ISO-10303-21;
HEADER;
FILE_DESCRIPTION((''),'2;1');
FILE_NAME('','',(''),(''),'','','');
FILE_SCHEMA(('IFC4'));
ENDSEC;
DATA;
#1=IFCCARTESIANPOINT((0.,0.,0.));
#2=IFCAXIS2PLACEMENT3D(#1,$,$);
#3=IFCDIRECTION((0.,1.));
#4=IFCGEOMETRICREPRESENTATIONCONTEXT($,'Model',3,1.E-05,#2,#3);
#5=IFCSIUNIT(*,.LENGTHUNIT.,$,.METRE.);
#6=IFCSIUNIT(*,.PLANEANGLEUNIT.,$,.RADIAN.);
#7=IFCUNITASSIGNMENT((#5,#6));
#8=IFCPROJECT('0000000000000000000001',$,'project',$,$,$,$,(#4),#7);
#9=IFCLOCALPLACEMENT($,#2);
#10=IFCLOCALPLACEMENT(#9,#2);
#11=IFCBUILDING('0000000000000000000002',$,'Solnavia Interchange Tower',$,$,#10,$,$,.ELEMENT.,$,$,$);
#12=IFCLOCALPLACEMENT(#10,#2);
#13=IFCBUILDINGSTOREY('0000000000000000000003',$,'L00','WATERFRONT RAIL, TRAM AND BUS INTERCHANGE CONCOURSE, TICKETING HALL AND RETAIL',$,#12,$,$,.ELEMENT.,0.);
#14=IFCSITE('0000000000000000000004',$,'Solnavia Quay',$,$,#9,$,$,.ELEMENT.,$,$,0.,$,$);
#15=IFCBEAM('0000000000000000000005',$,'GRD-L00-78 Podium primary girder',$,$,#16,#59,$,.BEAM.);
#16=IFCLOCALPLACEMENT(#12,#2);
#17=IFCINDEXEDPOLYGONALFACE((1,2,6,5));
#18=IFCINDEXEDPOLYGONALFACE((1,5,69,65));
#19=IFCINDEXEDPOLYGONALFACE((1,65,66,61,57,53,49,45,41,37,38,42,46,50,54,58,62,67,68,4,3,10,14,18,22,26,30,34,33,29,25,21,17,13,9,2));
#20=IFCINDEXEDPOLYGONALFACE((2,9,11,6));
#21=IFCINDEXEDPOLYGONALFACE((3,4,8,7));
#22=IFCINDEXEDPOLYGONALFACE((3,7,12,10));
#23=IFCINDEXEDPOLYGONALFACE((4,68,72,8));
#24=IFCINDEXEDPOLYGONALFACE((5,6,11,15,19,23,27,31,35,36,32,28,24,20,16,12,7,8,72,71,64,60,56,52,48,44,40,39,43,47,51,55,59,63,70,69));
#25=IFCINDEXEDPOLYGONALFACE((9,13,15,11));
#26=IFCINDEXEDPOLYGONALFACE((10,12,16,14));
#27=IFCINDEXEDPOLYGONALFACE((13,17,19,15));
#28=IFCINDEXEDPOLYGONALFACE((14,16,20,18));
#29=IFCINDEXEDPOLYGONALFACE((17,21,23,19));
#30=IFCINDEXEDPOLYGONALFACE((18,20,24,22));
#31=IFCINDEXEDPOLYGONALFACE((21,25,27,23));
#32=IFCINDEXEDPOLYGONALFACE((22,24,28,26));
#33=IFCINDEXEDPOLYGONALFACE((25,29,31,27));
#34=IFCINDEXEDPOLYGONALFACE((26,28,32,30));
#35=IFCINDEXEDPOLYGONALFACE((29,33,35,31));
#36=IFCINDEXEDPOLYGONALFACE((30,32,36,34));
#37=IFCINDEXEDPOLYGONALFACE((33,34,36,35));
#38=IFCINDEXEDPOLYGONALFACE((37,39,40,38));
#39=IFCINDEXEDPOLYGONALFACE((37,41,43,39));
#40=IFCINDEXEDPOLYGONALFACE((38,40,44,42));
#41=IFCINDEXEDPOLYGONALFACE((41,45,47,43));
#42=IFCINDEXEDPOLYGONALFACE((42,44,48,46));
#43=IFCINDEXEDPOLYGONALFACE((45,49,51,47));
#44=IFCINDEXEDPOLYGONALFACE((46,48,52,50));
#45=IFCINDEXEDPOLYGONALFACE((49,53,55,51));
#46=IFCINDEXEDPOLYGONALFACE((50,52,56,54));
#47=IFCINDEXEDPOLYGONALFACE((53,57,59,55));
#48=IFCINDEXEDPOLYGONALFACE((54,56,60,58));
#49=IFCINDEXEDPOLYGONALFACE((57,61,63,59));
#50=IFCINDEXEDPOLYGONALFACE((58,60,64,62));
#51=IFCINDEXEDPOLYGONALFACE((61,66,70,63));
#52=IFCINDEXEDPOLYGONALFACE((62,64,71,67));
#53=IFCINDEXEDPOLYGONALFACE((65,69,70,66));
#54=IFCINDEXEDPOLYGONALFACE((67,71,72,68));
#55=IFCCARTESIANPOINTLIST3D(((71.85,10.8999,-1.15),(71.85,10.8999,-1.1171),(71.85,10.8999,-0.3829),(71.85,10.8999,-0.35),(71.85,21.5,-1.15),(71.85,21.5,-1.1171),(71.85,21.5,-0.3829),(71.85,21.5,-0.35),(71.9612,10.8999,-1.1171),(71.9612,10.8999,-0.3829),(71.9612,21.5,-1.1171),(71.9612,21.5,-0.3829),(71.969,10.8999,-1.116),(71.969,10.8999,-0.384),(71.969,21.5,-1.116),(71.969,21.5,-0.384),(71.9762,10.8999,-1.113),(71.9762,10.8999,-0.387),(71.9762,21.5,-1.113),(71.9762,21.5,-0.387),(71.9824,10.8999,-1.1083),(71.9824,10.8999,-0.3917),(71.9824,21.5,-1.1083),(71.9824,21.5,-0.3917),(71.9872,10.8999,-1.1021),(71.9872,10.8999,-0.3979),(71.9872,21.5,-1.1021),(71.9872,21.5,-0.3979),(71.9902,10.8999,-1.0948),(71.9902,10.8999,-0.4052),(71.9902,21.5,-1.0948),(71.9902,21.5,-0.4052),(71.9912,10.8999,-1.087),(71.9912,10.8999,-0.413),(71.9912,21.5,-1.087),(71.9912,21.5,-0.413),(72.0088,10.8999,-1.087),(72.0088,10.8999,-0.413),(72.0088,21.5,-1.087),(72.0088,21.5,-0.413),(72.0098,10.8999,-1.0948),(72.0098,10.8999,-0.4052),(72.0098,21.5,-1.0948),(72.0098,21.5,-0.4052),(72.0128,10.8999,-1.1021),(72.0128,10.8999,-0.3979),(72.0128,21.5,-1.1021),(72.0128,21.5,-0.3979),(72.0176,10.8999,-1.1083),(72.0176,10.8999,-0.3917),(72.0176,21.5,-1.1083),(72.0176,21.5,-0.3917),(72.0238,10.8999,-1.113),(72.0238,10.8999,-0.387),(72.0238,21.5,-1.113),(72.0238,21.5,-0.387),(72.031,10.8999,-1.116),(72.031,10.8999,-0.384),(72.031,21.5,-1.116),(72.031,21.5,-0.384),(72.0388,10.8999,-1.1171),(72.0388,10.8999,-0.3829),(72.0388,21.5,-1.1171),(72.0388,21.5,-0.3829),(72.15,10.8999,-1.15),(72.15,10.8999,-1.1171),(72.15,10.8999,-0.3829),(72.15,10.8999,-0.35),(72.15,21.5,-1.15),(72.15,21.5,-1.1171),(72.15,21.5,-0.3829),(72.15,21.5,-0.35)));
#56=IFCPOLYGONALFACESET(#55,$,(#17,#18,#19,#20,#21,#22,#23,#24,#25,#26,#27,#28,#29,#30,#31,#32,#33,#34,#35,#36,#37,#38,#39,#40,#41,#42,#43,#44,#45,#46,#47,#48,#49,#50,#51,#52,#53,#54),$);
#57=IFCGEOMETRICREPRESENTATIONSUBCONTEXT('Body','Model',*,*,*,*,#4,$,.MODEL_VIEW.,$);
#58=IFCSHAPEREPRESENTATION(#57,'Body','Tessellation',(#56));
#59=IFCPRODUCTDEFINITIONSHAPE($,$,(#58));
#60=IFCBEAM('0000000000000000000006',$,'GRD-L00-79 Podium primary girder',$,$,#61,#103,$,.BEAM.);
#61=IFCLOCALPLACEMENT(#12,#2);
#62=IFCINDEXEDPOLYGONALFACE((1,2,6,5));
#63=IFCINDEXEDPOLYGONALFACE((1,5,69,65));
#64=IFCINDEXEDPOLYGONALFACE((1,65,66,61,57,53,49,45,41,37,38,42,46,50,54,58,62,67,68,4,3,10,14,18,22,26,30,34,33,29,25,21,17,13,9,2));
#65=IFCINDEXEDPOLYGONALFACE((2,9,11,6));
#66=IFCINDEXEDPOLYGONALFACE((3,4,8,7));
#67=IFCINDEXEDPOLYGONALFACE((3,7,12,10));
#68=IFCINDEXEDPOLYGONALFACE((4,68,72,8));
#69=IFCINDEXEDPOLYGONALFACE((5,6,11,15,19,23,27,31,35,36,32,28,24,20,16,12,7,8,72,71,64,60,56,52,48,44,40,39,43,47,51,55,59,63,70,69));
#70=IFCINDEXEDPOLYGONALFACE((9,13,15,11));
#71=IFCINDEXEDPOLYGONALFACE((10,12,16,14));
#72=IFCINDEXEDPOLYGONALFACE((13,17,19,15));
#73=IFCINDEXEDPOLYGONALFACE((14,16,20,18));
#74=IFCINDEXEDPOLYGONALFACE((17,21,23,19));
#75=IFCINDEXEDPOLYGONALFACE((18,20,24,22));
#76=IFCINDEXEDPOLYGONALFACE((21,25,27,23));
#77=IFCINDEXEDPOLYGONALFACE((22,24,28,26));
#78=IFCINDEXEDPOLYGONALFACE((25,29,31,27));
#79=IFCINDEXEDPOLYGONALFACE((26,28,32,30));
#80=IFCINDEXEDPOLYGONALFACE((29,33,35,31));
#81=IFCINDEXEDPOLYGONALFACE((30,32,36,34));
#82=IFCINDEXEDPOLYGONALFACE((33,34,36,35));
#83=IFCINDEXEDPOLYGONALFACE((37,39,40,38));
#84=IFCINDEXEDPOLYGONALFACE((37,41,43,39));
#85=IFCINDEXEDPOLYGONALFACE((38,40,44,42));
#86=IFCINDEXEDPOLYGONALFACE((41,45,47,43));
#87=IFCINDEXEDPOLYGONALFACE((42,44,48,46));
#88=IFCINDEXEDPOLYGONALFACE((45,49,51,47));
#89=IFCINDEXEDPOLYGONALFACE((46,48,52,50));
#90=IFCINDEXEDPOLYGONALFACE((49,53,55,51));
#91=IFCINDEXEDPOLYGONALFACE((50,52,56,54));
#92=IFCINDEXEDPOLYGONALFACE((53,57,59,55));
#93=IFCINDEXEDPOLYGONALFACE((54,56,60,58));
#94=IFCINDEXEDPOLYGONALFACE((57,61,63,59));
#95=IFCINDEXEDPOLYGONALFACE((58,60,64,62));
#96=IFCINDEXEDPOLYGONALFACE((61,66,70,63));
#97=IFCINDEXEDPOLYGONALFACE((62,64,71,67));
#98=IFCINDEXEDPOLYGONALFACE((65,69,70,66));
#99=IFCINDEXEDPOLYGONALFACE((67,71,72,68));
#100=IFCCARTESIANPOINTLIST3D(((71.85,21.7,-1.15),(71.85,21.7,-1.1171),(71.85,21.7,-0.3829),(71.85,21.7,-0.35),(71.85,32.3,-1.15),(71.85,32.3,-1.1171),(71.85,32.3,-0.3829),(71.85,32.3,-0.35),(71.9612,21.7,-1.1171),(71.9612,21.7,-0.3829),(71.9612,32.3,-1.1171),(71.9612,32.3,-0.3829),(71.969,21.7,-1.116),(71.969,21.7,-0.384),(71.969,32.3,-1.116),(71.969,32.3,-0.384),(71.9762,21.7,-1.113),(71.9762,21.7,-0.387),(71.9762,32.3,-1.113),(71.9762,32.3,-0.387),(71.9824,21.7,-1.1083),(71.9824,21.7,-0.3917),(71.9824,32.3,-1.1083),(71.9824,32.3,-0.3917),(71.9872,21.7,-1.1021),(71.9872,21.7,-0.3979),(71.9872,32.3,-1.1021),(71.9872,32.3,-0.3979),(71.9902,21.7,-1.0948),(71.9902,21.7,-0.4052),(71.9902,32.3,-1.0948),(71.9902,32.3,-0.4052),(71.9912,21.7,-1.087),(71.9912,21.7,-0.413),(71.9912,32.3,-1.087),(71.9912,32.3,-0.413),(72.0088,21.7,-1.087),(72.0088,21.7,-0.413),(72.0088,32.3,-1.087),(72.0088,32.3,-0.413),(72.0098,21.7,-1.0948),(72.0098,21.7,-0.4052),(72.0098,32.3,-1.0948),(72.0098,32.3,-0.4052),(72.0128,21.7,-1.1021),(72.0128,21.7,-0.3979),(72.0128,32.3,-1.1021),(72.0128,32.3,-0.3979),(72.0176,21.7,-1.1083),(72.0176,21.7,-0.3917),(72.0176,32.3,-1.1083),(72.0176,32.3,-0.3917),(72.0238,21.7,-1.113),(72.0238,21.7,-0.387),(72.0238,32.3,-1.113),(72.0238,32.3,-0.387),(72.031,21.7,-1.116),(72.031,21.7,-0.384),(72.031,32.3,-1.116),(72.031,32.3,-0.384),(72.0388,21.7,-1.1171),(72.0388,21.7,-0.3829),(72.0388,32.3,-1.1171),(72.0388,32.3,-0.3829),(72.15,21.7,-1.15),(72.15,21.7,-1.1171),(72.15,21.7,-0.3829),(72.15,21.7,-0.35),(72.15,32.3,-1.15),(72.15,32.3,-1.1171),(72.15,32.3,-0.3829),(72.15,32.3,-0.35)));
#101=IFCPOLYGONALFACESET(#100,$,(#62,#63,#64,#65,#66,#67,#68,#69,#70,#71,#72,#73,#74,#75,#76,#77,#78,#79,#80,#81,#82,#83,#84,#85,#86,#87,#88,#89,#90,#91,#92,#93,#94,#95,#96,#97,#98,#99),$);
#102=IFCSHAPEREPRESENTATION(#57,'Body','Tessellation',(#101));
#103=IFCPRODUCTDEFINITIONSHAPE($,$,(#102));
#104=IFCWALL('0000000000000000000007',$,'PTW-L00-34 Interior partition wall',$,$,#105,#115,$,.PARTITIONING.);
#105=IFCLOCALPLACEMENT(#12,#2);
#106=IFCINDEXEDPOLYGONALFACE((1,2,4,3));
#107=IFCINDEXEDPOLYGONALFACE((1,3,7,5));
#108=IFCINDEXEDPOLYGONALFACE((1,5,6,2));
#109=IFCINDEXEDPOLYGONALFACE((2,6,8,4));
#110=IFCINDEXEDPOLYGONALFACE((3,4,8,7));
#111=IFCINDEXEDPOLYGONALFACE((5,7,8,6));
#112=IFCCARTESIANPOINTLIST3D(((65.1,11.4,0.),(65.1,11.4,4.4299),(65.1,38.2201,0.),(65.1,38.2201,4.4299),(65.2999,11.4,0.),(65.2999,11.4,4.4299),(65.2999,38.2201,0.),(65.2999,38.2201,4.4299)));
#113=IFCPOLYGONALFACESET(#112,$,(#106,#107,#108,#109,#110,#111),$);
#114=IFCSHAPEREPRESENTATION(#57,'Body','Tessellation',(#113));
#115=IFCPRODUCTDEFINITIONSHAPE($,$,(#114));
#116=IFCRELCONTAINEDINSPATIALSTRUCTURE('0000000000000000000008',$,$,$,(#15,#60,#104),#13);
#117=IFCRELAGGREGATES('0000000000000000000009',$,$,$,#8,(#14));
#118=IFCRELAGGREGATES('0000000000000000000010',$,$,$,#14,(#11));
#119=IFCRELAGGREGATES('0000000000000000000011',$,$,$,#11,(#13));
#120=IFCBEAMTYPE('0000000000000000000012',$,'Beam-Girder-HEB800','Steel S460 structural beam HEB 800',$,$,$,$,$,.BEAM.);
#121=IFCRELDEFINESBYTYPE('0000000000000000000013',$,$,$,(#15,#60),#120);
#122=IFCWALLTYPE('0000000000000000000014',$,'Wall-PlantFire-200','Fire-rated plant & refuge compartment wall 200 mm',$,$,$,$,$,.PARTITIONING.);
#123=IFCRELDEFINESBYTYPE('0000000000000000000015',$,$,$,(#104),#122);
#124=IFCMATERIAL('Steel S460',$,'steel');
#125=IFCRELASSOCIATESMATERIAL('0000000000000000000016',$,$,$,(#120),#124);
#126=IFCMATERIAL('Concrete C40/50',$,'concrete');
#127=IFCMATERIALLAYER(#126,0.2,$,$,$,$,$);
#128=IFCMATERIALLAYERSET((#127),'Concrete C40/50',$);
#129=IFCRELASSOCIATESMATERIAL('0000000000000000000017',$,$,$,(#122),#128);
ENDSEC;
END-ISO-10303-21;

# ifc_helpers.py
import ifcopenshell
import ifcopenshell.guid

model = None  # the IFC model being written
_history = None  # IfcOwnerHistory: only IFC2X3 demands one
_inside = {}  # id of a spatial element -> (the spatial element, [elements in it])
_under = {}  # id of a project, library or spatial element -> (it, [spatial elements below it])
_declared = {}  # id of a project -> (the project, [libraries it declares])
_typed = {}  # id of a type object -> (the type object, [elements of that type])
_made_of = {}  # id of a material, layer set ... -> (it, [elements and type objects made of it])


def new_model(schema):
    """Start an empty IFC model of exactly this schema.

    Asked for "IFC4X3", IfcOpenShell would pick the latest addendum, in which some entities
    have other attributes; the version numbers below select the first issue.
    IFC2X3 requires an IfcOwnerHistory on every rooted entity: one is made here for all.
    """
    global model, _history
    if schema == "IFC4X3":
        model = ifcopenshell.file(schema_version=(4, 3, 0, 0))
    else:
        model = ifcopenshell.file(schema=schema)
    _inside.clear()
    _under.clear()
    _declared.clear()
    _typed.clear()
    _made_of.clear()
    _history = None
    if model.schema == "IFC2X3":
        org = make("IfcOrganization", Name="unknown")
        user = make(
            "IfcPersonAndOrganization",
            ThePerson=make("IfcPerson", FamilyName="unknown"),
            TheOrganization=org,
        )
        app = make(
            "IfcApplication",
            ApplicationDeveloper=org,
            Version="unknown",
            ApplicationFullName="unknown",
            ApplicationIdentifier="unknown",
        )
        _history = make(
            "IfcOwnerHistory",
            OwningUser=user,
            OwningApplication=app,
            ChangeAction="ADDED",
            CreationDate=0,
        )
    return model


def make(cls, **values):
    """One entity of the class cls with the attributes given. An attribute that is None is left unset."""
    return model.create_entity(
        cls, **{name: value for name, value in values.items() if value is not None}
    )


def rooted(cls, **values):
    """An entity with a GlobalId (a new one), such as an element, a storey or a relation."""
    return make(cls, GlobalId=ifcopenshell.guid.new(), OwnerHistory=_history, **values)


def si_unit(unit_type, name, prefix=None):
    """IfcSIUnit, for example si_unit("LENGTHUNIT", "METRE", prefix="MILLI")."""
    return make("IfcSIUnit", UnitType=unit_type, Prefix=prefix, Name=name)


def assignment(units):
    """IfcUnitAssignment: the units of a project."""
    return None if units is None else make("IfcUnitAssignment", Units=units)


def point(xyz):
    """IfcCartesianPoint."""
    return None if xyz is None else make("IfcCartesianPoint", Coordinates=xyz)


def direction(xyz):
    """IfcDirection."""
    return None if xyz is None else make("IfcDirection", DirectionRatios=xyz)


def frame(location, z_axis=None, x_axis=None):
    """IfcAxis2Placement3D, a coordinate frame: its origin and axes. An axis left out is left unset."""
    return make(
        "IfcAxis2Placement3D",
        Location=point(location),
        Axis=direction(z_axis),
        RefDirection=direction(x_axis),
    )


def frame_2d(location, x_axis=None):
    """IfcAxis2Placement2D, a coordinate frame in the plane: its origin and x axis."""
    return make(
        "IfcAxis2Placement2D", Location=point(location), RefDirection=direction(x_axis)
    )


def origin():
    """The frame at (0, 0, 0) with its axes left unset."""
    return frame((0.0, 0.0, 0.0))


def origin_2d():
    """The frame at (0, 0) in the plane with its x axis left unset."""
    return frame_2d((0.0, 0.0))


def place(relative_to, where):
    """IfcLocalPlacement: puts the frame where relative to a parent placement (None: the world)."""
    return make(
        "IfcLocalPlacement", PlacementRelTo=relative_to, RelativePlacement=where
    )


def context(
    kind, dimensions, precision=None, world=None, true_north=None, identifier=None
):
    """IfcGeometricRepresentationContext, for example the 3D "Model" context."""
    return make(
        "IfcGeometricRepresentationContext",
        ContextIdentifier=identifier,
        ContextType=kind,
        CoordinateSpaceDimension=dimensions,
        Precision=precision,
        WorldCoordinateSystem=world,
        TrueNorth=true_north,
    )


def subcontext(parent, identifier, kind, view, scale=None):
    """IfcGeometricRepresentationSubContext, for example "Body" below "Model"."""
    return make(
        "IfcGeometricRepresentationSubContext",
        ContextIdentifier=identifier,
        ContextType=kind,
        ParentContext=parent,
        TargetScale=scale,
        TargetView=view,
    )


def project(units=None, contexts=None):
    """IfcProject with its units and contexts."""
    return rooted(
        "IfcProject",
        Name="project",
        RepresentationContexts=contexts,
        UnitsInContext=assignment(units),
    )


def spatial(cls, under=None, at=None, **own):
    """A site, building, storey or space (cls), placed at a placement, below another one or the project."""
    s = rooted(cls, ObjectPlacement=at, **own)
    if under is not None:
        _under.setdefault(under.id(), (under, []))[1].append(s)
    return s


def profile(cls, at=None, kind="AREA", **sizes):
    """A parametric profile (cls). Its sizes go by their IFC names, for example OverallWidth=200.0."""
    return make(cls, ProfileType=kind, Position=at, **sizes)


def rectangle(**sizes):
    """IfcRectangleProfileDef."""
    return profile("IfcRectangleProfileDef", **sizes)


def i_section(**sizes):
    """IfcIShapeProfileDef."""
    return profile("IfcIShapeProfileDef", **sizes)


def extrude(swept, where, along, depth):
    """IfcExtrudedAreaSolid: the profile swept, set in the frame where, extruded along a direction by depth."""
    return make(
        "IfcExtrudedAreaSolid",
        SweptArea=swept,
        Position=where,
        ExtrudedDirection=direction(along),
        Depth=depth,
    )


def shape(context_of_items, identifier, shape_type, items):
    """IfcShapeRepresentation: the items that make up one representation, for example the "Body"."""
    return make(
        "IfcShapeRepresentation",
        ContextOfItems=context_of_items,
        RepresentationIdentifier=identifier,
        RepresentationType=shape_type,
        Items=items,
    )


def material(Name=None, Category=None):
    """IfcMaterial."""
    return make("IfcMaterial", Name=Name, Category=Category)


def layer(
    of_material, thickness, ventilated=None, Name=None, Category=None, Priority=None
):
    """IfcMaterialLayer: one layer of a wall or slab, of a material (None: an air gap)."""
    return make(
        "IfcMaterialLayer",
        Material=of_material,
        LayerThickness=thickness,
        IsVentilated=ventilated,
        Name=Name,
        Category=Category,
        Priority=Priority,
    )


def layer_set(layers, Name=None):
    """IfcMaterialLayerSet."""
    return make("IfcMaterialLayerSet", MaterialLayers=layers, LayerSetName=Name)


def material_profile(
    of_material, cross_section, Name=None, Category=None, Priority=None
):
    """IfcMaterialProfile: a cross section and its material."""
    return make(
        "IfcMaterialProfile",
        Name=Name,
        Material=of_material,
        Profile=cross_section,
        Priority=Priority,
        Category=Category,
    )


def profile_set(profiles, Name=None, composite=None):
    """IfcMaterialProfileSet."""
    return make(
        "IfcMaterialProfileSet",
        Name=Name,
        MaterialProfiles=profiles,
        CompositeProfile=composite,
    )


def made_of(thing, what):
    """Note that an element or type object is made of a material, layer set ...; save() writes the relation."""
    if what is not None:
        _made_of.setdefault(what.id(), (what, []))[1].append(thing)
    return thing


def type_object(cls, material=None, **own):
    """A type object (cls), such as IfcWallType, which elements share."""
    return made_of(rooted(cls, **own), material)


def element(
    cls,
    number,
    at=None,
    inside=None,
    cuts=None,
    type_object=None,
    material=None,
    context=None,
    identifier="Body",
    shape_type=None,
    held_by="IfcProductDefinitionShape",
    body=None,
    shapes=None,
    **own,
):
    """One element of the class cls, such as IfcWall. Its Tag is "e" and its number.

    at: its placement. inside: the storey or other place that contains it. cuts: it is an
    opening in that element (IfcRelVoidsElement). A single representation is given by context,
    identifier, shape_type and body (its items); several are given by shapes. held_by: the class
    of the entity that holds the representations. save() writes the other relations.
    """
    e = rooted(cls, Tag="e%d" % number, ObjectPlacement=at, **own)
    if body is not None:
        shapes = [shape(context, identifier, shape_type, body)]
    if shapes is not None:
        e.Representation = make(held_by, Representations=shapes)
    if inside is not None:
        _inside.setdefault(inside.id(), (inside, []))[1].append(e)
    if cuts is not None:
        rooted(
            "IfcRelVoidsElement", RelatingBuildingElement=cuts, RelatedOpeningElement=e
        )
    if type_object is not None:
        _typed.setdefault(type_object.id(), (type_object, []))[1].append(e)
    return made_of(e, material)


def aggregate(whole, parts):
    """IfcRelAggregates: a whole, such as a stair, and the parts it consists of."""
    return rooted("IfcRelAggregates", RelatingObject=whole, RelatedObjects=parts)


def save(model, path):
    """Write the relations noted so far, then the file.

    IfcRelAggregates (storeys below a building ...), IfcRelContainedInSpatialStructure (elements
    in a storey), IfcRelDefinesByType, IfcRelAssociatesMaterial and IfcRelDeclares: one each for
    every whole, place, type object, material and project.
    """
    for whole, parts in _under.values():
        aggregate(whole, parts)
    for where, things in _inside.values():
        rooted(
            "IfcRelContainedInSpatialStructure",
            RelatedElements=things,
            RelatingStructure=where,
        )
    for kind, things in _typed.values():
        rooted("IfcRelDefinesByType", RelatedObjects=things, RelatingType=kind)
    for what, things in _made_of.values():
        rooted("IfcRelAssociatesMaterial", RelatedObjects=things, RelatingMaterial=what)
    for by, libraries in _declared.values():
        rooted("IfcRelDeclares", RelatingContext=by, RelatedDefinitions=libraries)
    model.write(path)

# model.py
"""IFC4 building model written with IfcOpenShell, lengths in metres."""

from ifc_helpers import new_model, si_unit, direction, frame, frame_2d, origin, origin_2d, place, context, subcontext, project, spatial, rectangle, i_section, extrude, material, layer, layer_set, material_profile, profile_set, type_object, element, save


model = new_model("IFC4")

# Units and contexts
model_context = context("Model", 3, precision=1e-05, world=origin(), true_north=direction((0.0, 1.0)))
body_context = subcontext(model_context, "Body", "Model", "MODEL_VIEW")
ifc_project = project(units=[si_unit("LENGTHUNIT", "METRE"), si_unit("PLANEANGLEUNIT", "RADIAN")], contexts=[model_context])

# Site, building, storey
site_placement = place(None, origin())
site = spatial("IfcSite", under=ifc_project, at=site_placement, Name="Solnavia Quay", CompositionType="ELEMENT", RefElevation=0.0)
building_placement = place(site_placement, origin())
building = spatial("IfcBuilding", under=site, at=building_placement, Name="Solnavia Interchange Tower", CompositionType="ELEMENT")
storey_placement = place(building_placement, origin())
storey = spatial("IfcBuildingStorey", under=building, at=storey_placement, Name="L00", Description="WATERFRONT RAIL, TRAM AND BUS INTERCHANGE CONCOURSE, TICKETING HALL AND RETAIL", CompositionType="ELEMENT", Elevation=0.0)

# Beams
ifc_material_1 = material(Name="Steel S460", Category="steel")
ifc_material_profile_1 = material_profile(ifc_material_1, i_section(OverallWidth=0.3, OverallDepth=0.8, WebThickness=0.0176, FlangeThickness=0.033, FilletRadius=0.03, at=origin_2d()), Name="HEB 800")
ifc_profile_set_1 = profile_set([ifc_material_profile_1], Name="Steel S460")
beam_type = type_object("IfcBeamType", Name="Beam-Girder-HEB800", Description="Steel S460 structural beam HEB 800", PredefinedType="BEAM", material=ifc_profile_set_1)
for number, where, z_axis, x_axis, name in (
    (1, (72.0, 10.8999, -0.75), (0.0, 1.0, 0.0), (-1.0, 0.0, 0.0), "GRD-L00-78 Podium primary girder"),
    (2, (72.0, 21.7, -0.75), (0.0, 1.0, 0.0), (-1.0, 0.0, 0.0), "GRD-L00-79 Podium primary girder"),
):
    element("IfcBeam", number, at=place(storey_placement, frame(where, z_axis=z_axis, x_axis=x_axis)), inside=storey, type_object=beam_type, Name=name, PredefinedType="BEAM", context=body_context, shape_type="SweptSolid", body=[
        extrude(i_section(OverallWidth=0.3, OverallDepth=0.8, WebThickness=0.0176, FlangeThickness=0.033, FilletRadius=0.03, at=origin_2d()), origin(), (0.0, 0.0, 1.0), 10.6001),
    ])

# Wall
ifc_material_2 = material(Name="Concrete C40/50", Category="concrete")
ifc_layer = layer(ifc_material_2, 0.2)
ifc_layer_set = layer_set([ifc_layer], Name="Concrete C40/50")
wall_type = type_object("IfcWallType", Name="Wall-PlantFire-200", Description="Fire-rated plant & refuge compartment wall 200 mm", PredefinedType="PARTITIONING", material=ifc_layer_set)
wall_placement = place(storey_placement, frame((65.2, 11.3999, 0.0), z_axis=(0.0, 0.0, 1.0), x_axis=(0.0, 1.0, 0.0)))
element("IfcWall", 3, at=wall_placement, inside=storey, type_object=wall_type, Name="PTW-L00-34 Interior partition wall", PredefinedType="PARTITIONING", context=body_context, shape_type="SweptSolid", body=[
    extrude(rectangle(XDim=26.8201, YDim=0.2, at=frame_2d((13.4102, 0.0))), origin(), (0.0, 0.0, 1.0), 4.4299),
])

save(model, "model.ifc")
